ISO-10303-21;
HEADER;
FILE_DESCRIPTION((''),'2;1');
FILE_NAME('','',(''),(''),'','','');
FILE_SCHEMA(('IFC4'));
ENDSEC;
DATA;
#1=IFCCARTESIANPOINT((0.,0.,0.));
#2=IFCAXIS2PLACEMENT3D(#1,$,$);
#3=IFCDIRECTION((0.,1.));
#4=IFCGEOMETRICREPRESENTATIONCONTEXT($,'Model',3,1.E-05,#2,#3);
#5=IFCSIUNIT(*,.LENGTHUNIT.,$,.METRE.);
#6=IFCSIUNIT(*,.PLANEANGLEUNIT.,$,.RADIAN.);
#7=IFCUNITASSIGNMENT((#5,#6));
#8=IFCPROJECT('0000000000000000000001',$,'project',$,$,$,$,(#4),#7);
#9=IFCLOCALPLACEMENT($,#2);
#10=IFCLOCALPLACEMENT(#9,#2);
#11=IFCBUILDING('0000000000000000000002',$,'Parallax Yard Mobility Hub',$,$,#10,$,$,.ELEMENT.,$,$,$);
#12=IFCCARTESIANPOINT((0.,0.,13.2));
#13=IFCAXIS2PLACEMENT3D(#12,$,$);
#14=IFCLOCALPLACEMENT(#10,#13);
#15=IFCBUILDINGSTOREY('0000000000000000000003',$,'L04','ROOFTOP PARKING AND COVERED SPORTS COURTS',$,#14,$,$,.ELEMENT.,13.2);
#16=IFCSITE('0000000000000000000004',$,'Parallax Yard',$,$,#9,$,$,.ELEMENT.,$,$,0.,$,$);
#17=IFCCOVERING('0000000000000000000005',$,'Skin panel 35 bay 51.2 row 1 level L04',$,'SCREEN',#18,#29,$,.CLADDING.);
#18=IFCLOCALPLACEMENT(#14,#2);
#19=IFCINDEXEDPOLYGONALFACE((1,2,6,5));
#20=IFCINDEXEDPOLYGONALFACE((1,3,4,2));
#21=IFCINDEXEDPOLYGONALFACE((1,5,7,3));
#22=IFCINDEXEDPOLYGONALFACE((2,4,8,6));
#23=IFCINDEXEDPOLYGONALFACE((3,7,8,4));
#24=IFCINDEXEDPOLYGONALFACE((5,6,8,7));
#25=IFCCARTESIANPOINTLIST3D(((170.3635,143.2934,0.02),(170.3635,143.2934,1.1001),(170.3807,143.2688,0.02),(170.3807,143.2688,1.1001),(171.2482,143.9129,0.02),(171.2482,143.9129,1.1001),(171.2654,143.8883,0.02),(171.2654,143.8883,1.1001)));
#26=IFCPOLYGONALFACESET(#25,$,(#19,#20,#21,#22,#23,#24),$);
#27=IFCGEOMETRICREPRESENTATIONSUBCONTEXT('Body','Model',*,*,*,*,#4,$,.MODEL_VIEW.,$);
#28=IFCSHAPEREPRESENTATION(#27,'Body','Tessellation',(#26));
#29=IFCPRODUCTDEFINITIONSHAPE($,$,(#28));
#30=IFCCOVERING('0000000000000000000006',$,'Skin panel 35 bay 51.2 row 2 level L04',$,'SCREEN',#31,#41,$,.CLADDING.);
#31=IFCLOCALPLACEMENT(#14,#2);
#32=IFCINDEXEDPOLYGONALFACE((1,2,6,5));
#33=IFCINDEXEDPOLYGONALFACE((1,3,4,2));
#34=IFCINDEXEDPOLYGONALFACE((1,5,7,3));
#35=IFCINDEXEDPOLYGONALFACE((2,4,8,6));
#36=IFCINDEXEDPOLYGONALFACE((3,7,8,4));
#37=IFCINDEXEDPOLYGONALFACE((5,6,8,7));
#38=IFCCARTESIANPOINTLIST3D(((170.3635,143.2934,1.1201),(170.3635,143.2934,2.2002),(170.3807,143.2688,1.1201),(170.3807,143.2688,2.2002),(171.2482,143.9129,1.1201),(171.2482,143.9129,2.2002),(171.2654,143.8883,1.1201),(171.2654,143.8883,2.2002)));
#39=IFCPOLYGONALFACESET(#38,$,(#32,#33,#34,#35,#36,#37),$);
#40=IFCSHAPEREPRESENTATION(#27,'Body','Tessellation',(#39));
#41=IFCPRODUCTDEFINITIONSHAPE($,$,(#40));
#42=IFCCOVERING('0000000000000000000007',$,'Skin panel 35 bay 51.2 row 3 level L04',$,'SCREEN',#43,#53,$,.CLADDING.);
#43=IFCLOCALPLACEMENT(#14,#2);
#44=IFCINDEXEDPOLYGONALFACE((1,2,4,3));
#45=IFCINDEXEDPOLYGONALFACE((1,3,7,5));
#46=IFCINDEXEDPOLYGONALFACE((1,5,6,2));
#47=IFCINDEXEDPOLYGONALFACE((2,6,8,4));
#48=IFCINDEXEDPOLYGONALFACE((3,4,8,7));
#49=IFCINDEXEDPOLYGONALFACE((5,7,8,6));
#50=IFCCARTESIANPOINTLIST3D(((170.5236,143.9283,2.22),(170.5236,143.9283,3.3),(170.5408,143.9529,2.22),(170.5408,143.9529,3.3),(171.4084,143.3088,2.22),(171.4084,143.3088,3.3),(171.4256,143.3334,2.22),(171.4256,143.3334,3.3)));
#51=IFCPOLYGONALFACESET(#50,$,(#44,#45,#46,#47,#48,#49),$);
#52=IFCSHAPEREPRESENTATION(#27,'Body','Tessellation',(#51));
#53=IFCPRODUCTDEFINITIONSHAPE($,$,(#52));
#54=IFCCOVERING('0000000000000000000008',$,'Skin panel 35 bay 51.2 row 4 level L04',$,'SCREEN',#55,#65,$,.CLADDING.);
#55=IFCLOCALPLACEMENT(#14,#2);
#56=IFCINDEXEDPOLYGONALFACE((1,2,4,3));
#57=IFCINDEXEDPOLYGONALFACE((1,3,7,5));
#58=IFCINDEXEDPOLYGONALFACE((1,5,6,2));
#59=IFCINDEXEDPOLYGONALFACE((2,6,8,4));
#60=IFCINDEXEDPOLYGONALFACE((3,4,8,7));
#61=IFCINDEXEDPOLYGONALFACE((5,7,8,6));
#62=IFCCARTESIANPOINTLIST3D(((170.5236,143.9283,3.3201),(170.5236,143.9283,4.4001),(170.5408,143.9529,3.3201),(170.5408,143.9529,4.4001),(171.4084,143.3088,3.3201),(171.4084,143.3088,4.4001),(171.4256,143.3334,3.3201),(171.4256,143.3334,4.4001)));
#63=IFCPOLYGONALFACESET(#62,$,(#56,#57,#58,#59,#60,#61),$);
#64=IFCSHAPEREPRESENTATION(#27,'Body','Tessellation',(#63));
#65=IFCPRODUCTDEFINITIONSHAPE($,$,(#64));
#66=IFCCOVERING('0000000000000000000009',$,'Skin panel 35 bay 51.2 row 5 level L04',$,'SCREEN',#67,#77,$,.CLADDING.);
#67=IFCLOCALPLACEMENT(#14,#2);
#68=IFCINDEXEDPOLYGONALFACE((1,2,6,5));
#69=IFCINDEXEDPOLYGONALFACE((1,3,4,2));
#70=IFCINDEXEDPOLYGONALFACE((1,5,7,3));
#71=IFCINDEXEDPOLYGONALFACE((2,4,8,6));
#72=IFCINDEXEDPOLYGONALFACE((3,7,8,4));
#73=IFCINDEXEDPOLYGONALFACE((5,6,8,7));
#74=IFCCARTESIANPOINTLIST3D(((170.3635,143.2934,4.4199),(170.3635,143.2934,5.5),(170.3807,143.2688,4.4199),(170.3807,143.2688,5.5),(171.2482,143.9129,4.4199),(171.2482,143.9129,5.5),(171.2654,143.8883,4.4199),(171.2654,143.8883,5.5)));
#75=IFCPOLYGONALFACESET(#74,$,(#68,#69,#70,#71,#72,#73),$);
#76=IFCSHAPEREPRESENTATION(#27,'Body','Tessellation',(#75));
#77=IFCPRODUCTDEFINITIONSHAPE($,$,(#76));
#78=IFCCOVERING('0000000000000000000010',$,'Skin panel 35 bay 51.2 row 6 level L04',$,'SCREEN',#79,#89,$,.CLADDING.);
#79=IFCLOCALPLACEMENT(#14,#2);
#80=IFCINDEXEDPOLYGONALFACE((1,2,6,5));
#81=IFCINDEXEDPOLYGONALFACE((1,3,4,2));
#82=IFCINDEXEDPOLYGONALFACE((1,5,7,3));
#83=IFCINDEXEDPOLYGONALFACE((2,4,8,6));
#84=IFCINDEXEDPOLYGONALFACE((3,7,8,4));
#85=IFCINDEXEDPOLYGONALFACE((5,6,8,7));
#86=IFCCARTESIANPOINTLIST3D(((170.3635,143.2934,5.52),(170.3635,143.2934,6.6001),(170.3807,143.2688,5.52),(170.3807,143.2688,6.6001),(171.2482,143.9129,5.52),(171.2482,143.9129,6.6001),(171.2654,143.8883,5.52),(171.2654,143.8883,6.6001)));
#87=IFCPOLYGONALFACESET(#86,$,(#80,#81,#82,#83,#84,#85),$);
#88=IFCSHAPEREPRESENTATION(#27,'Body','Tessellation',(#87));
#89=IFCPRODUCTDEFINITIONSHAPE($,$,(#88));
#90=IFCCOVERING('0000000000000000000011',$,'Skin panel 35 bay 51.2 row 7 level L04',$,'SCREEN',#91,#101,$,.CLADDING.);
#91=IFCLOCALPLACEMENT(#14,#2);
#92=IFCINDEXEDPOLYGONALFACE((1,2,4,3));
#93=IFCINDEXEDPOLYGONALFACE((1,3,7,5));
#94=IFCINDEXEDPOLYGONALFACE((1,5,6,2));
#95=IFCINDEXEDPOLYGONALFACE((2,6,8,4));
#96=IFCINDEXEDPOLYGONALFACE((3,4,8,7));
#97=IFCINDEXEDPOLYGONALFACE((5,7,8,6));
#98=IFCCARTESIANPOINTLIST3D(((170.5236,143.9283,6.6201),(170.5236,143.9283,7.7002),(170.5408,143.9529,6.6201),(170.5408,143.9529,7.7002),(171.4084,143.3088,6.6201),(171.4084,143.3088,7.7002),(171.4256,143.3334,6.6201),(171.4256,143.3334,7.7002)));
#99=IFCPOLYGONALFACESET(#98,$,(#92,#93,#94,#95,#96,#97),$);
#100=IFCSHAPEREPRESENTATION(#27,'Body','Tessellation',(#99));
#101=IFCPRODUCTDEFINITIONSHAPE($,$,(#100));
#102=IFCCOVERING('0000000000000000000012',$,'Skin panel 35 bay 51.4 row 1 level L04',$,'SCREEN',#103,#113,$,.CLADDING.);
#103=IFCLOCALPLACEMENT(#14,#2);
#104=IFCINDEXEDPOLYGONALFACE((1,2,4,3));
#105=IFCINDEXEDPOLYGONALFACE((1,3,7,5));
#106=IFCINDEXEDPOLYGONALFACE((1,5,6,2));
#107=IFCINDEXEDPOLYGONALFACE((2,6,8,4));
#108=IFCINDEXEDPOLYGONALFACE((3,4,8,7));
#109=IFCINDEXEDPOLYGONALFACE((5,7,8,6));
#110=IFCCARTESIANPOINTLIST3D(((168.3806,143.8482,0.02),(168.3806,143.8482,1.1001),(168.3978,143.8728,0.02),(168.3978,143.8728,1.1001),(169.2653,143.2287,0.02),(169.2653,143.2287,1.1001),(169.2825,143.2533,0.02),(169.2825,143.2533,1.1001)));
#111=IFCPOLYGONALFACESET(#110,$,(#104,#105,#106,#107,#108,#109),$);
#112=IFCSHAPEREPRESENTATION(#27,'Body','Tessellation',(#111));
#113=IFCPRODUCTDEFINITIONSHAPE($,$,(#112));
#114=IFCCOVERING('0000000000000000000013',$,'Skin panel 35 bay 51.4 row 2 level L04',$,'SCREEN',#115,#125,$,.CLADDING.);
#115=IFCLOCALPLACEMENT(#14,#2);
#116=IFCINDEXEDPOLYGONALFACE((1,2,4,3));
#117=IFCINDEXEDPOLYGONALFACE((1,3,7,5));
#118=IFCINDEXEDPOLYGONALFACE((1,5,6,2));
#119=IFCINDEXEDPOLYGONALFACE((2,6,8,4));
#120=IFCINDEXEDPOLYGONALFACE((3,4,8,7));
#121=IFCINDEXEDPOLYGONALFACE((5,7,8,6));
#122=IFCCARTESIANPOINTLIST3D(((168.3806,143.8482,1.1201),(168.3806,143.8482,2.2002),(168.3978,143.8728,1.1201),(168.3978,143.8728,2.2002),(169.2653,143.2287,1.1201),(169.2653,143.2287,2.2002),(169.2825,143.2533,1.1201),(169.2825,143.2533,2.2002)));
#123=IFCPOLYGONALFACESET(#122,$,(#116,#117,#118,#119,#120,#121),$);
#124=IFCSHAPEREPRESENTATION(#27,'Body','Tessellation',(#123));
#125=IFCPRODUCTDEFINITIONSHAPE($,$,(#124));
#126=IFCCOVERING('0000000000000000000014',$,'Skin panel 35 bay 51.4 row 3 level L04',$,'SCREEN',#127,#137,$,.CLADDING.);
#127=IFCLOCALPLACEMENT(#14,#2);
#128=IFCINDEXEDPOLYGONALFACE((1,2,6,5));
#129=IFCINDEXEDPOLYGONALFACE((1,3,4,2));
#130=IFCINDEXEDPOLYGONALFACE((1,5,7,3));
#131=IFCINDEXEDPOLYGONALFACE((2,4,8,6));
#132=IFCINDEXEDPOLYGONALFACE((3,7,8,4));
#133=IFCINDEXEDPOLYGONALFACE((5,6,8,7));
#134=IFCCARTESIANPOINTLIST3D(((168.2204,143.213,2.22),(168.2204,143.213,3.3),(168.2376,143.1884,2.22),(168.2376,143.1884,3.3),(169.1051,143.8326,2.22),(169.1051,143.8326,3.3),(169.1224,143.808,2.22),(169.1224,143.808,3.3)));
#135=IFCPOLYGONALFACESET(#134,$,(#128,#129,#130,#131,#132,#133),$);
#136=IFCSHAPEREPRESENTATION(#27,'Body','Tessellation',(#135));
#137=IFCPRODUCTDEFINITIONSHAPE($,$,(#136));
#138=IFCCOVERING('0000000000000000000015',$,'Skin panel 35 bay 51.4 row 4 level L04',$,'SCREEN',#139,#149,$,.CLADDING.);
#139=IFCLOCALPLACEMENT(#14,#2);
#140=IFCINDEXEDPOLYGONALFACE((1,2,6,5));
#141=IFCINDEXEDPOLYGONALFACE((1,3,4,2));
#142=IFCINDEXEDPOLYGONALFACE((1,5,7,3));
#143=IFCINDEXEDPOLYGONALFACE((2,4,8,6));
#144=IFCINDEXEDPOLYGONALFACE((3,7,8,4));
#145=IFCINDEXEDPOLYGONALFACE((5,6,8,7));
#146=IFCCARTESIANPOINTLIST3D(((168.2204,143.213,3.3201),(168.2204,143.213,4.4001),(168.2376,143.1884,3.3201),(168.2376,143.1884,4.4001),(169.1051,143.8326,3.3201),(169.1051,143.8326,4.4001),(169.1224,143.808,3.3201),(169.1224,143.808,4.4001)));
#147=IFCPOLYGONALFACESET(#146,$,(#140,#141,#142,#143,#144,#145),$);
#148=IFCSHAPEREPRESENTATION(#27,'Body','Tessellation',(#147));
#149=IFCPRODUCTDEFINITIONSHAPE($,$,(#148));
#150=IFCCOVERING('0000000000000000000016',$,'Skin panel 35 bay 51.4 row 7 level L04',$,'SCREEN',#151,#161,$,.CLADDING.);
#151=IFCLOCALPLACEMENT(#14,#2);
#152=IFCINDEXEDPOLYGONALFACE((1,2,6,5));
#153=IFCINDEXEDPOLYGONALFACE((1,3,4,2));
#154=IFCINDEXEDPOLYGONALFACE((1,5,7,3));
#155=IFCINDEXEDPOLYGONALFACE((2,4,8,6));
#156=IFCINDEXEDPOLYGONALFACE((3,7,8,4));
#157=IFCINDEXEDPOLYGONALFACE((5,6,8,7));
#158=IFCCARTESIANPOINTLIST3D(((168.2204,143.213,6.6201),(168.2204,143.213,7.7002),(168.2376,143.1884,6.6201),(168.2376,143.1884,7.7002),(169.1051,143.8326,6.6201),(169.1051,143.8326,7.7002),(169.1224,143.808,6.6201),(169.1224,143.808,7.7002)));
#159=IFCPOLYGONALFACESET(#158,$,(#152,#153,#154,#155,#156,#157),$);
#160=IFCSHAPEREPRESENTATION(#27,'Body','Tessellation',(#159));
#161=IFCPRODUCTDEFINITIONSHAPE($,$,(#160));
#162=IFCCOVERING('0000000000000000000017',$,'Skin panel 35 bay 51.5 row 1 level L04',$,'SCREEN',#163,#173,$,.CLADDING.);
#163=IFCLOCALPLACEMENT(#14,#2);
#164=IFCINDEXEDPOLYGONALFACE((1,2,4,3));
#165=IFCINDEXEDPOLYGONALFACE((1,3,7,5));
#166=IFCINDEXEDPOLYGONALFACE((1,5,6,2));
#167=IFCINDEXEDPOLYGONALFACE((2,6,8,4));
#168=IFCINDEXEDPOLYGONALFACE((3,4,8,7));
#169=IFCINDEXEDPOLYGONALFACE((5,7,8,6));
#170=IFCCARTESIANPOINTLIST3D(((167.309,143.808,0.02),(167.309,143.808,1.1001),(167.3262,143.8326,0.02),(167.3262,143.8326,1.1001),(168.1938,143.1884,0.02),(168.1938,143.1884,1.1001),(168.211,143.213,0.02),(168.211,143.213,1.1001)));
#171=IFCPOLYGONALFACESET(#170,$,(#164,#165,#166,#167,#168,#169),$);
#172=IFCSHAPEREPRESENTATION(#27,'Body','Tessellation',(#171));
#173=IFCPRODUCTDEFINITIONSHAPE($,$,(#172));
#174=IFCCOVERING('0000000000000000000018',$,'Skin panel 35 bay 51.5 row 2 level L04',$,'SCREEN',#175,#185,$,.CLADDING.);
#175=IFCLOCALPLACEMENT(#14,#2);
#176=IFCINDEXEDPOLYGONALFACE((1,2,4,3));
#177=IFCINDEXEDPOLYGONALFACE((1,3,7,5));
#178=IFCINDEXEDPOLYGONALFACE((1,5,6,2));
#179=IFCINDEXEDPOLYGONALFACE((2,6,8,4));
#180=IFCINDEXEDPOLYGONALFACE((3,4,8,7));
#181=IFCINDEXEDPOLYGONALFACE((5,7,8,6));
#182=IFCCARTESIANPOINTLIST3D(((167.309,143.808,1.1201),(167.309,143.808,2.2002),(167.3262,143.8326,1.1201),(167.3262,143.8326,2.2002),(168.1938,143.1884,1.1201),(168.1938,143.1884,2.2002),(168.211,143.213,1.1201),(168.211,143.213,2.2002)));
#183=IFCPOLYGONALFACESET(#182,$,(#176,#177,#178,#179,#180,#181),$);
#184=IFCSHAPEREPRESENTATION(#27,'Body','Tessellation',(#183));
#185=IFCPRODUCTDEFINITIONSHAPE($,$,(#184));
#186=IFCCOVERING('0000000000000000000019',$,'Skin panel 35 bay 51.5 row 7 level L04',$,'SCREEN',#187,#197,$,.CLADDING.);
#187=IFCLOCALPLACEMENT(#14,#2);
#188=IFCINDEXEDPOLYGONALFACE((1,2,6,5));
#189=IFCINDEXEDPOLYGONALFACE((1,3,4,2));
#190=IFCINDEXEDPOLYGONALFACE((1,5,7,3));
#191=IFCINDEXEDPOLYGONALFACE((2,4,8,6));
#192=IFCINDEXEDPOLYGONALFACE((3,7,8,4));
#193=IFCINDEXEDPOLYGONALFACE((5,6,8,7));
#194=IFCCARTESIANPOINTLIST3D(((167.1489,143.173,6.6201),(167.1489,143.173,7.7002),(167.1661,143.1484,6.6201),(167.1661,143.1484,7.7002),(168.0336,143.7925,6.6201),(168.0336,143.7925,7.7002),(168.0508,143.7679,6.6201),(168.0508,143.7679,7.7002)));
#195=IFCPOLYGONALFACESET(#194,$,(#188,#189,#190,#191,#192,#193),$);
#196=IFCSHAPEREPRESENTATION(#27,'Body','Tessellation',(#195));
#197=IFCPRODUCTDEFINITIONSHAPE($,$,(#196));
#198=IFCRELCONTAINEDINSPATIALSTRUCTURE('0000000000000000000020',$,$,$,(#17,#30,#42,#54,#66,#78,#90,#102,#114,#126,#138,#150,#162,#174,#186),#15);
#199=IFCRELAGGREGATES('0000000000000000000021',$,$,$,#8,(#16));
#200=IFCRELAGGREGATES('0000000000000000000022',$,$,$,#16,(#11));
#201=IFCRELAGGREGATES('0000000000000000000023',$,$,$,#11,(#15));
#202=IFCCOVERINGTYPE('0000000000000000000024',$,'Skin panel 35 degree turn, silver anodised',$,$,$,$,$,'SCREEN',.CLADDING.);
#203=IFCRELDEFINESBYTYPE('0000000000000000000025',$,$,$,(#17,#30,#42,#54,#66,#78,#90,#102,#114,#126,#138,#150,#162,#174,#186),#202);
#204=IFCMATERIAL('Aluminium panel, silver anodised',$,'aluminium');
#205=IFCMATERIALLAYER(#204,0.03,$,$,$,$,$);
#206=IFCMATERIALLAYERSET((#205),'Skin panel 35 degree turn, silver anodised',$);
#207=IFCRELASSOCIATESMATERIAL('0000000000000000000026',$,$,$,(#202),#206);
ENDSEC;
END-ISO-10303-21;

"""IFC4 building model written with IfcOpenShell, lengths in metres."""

from ifc_helpers import new_model, si_unit, direction, frame, origin, origin_2d, place, context, subcontext, project, spatial, rectangle, extrude, material, layer, layer_set, type_object, element, save


model = new_model("IFC4")

# Units and contexts
model_context = context("Model", 3, precision=1e-05, world=origin(), true_north=direction((0.0, 1.0)))
body_context = subcontext(model_context, "Body", "Model", "MODEL_VIEW")
ifc_project = project(units=[si_unit("LENGTHUNIT", "METRE"), si_unit("PLANEANGLEUNIT", "RADIAN")], contexts=[model_context])

# Site, building, storey
site_placement = place(None, origin())
site = spatial("IfcSite", under=ifc_project, at=site_placement, Name="Parallax Yard", CompositionType="ELEMENT", RefElevation=0.0)
building_placement = place(site_placement, origin())
building = spatial("IfcBuilding", under=site, at=building_placement, Name="Parallax Yard Mobility Hub", CompositionType="ELEMENT")
storey_placement = place(building_placement, frame((0.0, 0.0, 13.2)))
storey = spatial("IfcBuildingStorey", under=building, at=storey_placement, Name="L04", Description="ROOFTOP PARKING AND COVERED SPORTS COURTS", CompositionType="ELEMENT", Elevation=13.2)

# Coverings
ifc_material = material(Name="Aluminium panel, silver anodised", Category="aluminium")
ifc_layer_1 = layer(ifc_material, 0.03)
ifc_layer_set_1 = layer_set([ifc_layer_1], Name="Skin panel 35 degree turn, silver anodised")
covering_type_1 = type_object("IfcCoveringType", Name="Skin panel 35 degree turn, silver anodised", ElementType="SCREEN", PredefinedType="CLADDING", material=ifc_layer_set_1)
for number, where, z_axis, x_axis, name in (
    (1, (170.8145, 143.5908, 0.02), (0.0, 0.0, 1.0), (0.819152, 0.573576, 0.0), "Skin panel 35 bay 51.2 row 1 level L04"),
    (2, (170.8145, 143.5908, 1.1201), (0.0, 0.0, 1.0), (0.819152, 0.573576, 0.0), "Skin panel 35 bay 51.2 row 2 level L04"),
    (3, (170.9746, 143.6309, 2.22), (0.0, 0.0, 1.0), (-0.819152, 0.573576, 0.0), "Skin panel 35 bay 51.2 row 3 level L04"),
    (4, (170.9746, 143.6309, 3.3201), (0.0, 0.0, 1.0), (-0.819152, 0.573576, 0.0), "Skin panel 35 bay 51.2 row 4 level L04"),
    (5, (170.8145, 143.5908, 4.4199), (0.0, 0.0, 1.0), (0.819152, 0.573576, 0.0), "Skin panel 35 bay 51.2 row 5 level L04"),
    (6, (170.8145, 143.5908, 5.52), (0.0, 0.0, 1.0), (0.819152, 0.573576, 0.0), "Skin panel 35 bay 51.2 row 6 level L04"),
    (7, (170.9746, 143.6309, 6.6201), (0.0, 0.0, 1.0), (-0.819152, 0.573576, 0.0), "Skin panel 35 bay 51.2 row 7 level L04"),
    (8, (168.8315, 143.5508, 0.02), (0.0, 0.0, 1.0), (-0.819152, 0.573576, 0.0), "Skin panel 35 bay 51.4 row 1 level L04"),
    (9, (168.8315, 143.5508, 1.1201), (0.0, 0.0, 1.0), (-0.819152, 0.573576, 0.0), "Skin panel 35 bay 51.4 row 2 level L04"),
    (10, (168.6714, 143.5105, 2.22), (0.0, 0.0, 1.0), (0.819152, 0.573576, 0.0), "Skin panel 35 bay 51.4 row 3 level L04"),
    (11, (168.6714, 143.5105, 3.3201), (0.0, 0.0, 1.0), (0.819152, 0.573576, 0.0), "Skin panel 35 bay 51.4 row 4 level L04"),
    (12, (168.6714, 143.5105, 6.6201), (0.0, 0.0, 1.0), (0.819152, 0.573576, 0.0), "Skin panel 35 bay 51.4 row 7 level L04"),
    (13, (167.76, 143.5105, 0.02), (0.0, 0.0, 1.0), (-0.819152, 0.573576, 0.0), "Skin panel 35 bay 51.5 row 1 level L04"),
    (14, (167.76, 143.5105, 1.1201), (0.0, 0.0, 1.0), (-0.819152, 0.573576, 0.0), "Skin panel 35 bay 51.5 row 2 level L04"),
    (15, (167.5999, 143.4705, 6.6201), (0.0, 0.0, 1.0), (0.819152, 0.573576, 0.0), "Skin panel 35 bay 51.5 row 7 level L04"),
):
    element("IfcCovering", number, at=place(storey_placement, frame(where, z_axis=z_axis, x_axis=x_axis)), inside=storey, type_object=covering_type_1, Name=name, ObjectType="SCREEN", PredefinedType="CLADDING", context=body_context, shape_type="SweptSolid", body=[
        extrude(rectangle(XDim=1.0801, YDim=0.03, at=origin_2d()), origin(), (0.0, 0.0, 1.0), 1.0801),
    ])

save(model, "model.ifc")
